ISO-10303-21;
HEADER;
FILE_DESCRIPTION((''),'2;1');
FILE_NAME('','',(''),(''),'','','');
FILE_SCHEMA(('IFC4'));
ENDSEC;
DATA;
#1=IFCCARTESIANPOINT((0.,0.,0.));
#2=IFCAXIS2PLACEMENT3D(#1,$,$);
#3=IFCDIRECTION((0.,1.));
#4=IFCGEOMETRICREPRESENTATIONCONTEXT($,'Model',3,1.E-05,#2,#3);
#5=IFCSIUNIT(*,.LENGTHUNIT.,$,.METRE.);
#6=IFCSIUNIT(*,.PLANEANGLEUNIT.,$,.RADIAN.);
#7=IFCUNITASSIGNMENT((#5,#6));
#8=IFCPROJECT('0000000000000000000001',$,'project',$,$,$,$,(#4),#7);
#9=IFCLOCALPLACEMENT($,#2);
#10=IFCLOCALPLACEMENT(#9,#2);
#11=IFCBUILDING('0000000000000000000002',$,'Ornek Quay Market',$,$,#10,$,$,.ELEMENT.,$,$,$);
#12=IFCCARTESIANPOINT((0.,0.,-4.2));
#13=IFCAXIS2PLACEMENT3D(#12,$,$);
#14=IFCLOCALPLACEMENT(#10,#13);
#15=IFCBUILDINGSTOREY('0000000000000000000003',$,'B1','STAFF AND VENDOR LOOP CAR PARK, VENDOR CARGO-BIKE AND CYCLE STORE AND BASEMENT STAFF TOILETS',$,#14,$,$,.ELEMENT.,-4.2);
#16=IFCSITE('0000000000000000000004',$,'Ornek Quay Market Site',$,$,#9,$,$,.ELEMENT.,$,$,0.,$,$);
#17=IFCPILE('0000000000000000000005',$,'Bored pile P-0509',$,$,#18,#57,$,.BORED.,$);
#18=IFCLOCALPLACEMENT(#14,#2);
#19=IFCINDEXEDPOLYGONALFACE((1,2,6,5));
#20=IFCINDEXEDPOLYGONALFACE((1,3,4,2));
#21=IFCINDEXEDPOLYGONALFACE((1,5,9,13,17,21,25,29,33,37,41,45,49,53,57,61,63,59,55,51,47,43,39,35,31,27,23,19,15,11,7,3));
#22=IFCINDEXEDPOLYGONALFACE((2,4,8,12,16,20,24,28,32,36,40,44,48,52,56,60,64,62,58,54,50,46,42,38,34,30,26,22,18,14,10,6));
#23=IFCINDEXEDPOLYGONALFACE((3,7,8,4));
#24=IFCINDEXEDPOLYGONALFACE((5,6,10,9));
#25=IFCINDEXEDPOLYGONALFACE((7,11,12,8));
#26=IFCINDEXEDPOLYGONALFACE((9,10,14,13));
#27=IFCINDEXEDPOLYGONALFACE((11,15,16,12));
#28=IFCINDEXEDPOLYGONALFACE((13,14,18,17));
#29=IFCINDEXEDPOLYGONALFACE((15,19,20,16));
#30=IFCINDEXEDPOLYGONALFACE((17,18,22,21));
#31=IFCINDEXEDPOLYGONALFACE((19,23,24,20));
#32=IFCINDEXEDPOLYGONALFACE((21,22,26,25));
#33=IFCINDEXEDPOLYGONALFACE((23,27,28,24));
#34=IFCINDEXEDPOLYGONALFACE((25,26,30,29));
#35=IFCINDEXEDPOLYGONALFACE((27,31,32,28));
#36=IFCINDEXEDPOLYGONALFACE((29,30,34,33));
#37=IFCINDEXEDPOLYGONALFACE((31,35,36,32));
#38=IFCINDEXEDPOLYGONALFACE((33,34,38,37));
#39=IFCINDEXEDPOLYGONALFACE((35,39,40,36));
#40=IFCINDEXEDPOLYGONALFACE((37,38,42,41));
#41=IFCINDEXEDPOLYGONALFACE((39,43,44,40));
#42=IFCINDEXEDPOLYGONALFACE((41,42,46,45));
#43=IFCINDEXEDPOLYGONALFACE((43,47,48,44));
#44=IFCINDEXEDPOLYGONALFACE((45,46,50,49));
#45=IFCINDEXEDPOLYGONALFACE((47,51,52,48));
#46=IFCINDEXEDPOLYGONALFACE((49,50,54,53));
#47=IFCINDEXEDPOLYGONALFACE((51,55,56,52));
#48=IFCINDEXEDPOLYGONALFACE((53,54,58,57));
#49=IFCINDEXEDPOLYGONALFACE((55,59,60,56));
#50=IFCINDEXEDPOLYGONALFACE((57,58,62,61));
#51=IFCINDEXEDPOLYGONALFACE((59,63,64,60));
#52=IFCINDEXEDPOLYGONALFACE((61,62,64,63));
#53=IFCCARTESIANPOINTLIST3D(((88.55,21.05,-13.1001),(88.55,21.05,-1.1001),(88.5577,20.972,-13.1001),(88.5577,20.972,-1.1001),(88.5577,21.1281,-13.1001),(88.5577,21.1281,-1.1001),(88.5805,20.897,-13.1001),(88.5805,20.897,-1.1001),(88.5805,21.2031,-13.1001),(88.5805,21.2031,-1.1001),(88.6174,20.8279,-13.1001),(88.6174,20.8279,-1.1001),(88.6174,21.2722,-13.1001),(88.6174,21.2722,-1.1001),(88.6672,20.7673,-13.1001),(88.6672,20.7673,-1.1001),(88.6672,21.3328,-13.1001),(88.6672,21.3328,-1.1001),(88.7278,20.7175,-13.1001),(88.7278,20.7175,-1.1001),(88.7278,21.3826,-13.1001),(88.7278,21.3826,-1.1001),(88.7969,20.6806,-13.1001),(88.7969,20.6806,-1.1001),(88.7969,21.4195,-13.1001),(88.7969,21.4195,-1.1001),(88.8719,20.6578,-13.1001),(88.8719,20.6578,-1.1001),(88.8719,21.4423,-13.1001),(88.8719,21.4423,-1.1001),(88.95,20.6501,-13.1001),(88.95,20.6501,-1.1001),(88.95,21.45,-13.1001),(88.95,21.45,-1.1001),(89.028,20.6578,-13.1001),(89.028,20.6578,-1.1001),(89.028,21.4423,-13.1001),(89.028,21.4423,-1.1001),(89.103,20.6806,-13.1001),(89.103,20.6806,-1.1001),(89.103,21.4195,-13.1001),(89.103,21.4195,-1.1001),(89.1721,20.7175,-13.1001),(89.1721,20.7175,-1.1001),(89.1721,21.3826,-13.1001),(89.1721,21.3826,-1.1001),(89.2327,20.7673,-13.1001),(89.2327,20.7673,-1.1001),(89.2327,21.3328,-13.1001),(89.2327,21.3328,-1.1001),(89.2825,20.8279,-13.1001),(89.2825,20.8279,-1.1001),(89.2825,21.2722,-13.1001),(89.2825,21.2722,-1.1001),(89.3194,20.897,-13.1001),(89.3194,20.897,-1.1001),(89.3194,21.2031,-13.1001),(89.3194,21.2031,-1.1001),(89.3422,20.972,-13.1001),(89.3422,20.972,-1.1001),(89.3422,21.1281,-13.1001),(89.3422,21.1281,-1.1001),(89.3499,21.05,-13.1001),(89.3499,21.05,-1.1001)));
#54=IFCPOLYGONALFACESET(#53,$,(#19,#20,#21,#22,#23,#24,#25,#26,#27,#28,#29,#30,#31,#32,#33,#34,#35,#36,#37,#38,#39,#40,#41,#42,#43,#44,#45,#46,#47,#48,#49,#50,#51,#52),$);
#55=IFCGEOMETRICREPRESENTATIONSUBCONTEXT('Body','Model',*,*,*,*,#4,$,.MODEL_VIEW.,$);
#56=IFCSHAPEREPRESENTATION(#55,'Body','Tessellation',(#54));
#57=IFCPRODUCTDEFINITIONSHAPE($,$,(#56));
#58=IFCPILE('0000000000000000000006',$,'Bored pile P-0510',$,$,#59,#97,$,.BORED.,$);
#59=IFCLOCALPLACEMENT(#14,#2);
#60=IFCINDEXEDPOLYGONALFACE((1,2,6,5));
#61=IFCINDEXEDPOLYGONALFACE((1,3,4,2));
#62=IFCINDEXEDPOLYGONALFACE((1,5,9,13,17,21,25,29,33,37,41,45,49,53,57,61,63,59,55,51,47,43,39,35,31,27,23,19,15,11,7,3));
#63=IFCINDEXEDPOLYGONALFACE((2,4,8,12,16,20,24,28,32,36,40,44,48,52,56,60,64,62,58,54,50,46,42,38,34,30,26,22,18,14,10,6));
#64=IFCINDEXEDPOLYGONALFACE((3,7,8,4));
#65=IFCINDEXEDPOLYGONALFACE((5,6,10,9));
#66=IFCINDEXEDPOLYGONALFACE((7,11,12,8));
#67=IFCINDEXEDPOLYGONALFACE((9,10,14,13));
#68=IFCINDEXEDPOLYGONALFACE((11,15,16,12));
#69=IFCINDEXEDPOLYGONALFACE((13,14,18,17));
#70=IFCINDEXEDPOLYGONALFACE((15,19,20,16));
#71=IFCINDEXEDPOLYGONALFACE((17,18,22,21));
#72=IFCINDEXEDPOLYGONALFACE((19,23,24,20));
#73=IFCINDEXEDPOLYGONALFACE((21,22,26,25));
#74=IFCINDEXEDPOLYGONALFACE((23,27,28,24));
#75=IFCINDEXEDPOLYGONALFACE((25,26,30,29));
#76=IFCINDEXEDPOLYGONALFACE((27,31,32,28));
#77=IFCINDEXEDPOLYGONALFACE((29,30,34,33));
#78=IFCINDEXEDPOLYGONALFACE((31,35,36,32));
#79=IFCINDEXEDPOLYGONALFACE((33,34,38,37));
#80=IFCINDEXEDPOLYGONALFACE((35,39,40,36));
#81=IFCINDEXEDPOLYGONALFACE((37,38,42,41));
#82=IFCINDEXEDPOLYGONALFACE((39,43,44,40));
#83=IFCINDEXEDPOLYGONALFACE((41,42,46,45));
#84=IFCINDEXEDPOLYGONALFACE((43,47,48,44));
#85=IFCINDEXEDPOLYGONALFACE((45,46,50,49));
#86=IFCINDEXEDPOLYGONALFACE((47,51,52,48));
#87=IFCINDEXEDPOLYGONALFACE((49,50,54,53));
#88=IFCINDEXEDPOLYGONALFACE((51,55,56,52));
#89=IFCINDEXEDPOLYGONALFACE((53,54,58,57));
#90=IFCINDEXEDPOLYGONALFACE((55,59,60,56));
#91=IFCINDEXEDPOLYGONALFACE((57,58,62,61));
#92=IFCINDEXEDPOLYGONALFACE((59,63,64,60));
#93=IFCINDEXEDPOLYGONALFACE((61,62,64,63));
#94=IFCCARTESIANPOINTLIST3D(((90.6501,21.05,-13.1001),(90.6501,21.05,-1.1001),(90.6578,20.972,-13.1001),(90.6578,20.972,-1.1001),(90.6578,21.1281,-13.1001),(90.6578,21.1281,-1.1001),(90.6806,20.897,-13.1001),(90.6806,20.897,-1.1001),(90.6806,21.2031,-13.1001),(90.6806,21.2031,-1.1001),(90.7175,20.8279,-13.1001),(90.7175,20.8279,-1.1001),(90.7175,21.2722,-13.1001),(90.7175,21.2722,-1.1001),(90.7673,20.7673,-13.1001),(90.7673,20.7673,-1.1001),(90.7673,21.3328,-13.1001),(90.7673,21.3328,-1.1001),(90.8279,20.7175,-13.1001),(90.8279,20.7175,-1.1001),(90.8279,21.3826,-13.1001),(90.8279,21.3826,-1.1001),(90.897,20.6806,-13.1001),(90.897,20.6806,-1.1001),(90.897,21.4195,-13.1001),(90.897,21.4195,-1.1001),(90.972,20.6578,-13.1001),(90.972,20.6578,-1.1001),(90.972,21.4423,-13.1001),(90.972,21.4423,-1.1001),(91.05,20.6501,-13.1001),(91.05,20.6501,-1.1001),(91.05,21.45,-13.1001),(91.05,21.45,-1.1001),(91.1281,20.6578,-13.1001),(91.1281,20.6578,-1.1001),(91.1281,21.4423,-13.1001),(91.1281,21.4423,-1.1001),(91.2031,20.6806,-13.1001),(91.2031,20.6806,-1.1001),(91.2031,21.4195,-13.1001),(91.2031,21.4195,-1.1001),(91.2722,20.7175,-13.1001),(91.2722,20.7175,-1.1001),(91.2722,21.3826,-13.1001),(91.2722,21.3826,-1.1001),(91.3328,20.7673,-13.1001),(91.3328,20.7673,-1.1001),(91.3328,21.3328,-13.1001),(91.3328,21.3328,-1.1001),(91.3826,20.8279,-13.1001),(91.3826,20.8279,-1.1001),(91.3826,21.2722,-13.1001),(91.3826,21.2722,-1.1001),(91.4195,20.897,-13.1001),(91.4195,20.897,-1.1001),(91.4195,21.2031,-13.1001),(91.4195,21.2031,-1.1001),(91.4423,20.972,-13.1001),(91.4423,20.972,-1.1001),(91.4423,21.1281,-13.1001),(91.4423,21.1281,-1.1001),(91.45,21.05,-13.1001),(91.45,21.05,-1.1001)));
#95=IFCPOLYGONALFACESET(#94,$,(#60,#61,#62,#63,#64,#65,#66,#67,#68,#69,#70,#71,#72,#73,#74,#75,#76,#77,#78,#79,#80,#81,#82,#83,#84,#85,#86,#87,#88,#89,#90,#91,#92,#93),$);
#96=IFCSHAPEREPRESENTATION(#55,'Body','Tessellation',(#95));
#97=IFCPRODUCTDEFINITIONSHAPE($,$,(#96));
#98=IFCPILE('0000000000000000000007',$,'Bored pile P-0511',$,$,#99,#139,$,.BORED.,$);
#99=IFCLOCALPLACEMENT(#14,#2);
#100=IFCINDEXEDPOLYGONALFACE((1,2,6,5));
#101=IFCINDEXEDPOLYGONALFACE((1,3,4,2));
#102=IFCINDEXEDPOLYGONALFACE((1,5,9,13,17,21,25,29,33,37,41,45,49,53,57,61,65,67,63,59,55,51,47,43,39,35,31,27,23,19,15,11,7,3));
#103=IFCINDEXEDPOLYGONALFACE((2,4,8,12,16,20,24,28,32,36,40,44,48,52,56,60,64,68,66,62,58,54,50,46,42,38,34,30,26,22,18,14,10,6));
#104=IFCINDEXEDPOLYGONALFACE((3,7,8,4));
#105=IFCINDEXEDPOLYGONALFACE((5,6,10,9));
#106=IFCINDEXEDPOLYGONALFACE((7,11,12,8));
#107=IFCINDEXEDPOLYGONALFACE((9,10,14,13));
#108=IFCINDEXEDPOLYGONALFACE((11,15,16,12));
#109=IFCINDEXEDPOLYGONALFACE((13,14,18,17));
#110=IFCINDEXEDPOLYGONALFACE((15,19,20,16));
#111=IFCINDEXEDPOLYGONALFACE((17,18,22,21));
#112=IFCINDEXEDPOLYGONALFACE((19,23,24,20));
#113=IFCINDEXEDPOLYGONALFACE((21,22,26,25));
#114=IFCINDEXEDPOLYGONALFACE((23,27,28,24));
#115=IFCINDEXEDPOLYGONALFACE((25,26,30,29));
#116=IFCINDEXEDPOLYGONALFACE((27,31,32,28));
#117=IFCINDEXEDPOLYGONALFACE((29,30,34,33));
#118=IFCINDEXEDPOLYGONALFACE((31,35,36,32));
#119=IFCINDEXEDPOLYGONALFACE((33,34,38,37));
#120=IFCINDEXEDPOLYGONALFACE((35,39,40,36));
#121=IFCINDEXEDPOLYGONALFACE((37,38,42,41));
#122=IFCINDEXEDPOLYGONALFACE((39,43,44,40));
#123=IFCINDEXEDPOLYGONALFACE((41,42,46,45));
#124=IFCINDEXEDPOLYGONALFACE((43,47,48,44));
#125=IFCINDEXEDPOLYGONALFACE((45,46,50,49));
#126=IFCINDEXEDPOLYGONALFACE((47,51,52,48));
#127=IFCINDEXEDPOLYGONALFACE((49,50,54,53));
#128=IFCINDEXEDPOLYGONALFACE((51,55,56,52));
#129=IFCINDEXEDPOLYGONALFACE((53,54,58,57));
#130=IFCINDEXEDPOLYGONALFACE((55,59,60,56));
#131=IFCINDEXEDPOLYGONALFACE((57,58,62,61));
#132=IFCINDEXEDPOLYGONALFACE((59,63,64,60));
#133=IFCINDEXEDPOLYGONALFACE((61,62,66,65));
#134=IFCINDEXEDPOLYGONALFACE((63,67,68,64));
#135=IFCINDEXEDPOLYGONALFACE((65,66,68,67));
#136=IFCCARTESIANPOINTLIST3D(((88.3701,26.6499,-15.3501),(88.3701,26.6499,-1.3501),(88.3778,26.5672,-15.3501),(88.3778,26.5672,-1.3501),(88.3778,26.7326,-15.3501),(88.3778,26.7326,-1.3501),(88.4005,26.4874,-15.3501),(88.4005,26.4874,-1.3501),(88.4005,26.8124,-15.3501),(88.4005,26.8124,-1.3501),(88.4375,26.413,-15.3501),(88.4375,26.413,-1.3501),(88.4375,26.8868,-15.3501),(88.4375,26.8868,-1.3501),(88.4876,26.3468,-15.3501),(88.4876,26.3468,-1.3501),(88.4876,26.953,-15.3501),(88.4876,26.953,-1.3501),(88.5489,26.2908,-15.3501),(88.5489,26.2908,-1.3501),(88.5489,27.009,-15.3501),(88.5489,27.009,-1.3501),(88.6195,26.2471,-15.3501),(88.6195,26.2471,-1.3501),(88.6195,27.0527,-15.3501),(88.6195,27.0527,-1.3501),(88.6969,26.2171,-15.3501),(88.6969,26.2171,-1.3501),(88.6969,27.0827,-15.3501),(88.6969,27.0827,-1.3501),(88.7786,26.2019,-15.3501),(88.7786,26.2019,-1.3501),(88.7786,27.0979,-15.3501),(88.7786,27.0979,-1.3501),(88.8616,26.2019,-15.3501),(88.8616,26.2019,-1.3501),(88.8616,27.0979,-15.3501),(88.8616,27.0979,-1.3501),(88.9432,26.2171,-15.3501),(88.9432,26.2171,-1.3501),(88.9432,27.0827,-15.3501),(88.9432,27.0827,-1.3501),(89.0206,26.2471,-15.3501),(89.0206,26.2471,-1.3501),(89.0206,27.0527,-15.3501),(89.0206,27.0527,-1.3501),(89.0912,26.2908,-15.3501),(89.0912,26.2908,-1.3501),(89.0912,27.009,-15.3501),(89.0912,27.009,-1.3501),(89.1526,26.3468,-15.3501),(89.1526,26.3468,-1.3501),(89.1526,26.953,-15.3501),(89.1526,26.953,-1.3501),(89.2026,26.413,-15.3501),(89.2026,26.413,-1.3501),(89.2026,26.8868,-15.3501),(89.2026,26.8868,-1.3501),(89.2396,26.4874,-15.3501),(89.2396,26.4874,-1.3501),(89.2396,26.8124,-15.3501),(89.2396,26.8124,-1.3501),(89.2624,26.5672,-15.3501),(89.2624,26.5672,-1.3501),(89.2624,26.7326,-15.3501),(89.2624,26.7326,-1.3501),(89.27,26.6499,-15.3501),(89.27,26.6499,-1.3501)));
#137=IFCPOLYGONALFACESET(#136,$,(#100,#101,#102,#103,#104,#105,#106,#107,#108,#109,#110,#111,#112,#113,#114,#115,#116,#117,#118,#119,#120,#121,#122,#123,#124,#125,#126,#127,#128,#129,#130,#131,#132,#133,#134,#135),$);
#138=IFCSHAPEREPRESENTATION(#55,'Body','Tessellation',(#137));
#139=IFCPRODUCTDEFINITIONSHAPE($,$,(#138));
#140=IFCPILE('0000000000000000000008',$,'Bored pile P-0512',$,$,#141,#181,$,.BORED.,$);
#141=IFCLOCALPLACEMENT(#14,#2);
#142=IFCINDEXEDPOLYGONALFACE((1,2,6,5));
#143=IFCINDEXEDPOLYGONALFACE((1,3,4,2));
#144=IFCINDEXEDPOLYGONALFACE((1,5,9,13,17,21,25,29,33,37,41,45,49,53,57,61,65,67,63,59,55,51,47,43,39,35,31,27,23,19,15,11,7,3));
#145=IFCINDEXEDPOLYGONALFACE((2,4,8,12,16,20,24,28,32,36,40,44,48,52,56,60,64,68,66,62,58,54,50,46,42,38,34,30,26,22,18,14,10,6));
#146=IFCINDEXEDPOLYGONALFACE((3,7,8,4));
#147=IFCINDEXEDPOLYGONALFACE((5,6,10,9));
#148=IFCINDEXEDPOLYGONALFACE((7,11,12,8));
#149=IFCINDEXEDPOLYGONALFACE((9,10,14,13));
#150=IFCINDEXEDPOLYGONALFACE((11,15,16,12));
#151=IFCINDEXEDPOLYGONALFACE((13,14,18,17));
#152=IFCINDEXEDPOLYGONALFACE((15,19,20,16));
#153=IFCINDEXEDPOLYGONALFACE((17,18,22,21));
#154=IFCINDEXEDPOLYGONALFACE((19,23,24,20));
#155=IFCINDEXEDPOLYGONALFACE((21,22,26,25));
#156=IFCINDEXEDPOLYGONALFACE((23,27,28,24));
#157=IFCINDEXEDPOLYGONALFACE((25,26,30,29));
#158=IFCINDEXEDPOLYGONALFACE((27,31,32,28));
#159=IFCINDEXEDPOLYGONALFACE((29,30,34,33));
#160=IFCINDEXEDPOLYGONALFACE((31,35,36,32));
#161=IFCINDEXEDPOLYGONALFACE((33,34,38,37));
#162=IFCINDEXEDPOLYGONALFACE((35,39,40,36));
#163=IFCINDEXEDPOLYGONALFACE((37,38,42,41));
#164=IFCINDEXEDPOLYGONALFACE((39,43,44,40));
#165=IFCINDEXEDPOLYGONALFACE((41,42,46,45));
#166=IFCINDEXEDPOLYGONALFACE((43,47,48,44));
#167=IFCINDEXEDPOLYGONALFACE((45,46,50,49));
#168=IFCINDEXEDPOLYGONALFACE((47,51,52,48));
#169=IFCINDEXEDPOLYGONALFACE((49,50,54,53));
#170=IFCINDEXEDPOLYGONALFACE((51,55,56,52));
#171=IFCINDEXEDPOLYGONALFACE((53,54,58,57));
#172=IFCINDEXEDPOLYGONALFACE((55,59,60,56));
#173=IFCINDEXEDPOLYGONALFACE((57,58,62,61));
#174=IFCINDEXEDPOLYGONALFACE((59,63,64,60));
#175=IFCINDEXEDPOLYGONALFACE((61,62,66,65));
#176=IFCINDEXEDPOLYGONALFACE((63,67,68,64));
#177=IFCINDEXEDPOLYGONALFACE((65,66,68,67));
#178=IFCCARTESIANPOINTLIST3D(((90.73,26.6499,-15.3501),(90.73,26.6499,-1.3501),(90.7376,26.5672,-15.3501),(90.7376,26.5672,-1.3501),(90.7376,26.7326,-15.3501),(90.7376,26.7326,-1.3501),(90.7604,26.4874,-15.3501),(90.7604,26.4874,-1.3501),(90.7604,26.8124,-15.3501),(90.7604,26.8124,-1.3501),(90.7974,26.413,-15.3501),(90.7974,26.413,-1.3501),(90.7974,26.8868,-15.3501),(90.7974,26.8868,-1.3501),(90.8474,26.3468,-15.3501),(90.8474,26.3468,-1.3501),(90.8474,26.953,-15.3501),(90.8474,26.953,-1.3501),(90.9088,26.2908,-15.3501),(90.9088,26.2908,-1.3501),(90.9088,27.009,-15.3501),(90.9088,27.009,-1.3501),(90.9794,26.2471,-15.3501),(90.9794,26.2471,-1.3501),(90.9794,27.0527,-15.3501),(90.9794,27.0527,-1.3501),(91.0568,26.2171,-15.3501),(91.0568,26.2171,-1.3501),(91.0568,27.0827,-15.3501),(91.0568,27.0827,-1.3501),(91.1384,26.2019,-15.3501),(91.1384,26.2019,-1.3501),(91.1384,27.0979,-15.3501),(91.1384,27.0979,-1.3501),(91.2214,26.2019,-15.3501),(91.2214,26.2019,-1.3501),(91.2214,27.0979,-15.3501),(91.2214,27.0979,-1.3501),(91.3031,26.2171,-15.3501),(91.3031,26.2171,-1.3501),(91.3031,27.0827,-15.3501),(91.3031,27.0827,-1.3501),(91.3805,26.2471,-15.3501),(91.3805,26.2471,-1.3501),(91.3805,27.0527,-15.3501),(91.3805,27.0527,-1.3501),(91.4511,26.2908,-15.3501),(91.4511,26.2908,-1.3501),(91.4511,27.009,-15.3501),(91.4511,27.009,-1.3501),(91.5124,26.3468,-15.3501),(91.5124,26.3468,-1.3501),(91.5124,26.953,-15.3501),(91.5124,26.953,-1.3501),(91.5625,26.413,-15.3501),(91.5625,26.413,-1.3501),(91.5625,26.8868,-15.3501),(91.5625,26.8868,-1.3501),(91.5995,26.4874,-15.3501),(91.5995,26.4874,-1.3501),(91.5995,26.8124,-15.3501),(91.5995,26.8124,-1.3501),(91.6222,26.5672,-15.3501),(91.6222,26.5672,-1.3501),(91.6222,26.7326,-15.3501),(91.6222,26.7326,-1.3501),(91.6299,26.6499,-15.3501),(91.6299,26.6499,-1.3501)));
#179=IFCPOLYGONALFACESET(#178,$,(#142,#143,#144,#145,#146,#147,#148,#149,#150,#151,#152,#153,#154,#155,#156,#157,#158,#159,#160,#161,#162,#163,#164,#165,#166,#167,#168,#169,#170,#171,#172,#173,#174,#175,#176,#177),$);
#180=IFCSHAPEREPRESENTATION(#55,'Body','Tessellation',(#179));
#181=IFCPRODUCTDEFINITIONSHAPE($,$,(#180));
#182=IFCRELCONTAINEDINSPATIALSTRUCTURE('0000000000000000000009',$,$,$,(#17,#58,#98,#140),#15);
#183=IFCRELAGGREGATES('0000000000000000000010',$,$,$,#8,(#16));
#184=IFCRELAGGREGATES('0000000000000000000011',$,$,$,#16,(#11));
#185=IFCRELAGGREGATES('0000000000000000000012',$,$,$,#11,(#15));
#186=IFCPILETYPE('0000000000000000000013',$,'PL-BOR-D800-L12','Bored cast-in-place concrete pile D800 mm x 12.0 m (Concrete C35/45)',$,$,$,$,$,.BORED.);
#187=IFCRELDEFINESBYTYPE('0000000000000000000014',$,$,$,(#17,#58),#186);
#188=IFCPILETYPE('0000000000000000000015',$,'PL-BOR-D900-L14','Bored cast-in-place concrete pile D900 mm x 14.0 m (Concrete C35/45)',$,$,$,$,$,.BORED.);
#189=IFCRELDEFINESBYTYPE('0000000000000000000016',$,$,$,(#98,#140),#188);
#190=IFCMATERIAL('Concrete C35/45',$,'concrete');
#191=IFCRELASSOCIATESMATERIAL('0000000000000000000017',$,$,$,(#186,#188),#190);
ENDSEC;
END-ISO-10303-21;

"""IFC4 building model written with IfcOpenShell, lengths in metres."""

from ifc_helpers import new_model, si_unit, direction, frame, origin, origin_2d, place, context, subcontext, project, spatial, circle, extrude, material, material_profile, profile_set, type_object, element, save


model = new_model("IFC4")

# Units and contexts
model_context = context("Model", 3, precision=1e-05, world=origin(), true_north=direction((0.0, 1.0)))
body_context = subcontext(model_context, "Body", "Model", "MODEL_VIEW")
ifc_project = project(units=[si_unit("LENGTHUNIT", "METRE"), si_unit("PLANEANGLEUNIT", "RADIAN")], contexts=[model_context])

# Site, building, storey
site_placement = place(None, origin())
site = spatial("IfcSite", under=ifc_project, at=site_placement, Name="Ornek Quay Market Site", CompositionType="ELEMENT", RefElevation=0.0)
building_placement = place(site_placement, origin())
building = spatial("IfcBuilding", under=site, at=building_placement, Name="Ornek Quay Market", CompositionType="ELEMENT")
storey_placement = place(building_placement, frame((0.0, 0.0, -4.2)))
storey = spatial("IfcBuildingStorey", under=building, at=storey_placement, Name="B1", Description="STAFF AND VENDOR LOOP CAR PARK, VENDOR CARGO-BIKE AND CYCLE STORE AND BASEMENT STAFF TOILETS", CompositionType="ELEMENT", Elevation=-4.2)

# Piles
ifc_material_1 = material(Name="Concrete C35/45", Category="concrete")
ifc_material_profile_1 = material_profile(ifc_material_1, circle(Radius=0.3999, at=origin_2d()), Name="PILE D800", Category="concrete")
ifc_profile_set_1 = profile_set([ifc_material_profile_1], Name="Concrete C35/45")
pile_type_1 = type_object("IfcPileType", Name="PL-BOR-D800-L12", Description="Bored cast-in-place concrete pile D800 mm x 12.0 m (Concrete C35/45)", PredefinedType="BORED", material=ifc_profile_set_1)
for number, where, z_axis, x_axis, name in (
    (1, (88.95, 21.05, -1.1001), (0.0, 0.0, -1.0), (1.0, 0.0, 0.0), "Bored pile P-0509"),
    (2, (91.05, 21.05, -1.1001), (0.0, 0.0, -1.0), (1.0, 0.0, 0.0), "Bored pile P-0510"),
):
    element("IfcPile", number, at=place(storey_placement, frame(where, z_axis=z_axis, x_axis=x_axis)), inside=storey, type_object=pile_type_1, Name=name, PredefinedType="BORED", context=body_context, shape_type="SweptSolid", body=[
        extrude(circle(Radius=0.3999, at=origin_2d()), origin(), (0.0, 0.0, 1.0), 12.0),
    ])
ifc_material_profile_2 = material_profile(ifc_material_1, circle(Radius=0.45, at=origin_2d()), Name="PILE D900", Category="concrete")
ifc_profile_set_2 = profile_set([ifc_material_profile_2], Name="Concrete C35/45")
pile_type_2 = type_object("IfcPileType", Name="PL-BOR-D900-L14", Description="Bored cast-in-place concrete pile D900 mm x 14.0 m (Concrete C35/45)", PredefinedType="BORED", material=ifc_profile_set_2)
for number, where, z_axis, x_axis, name in (
    (3, (88.8201, 26.6499, -1.3501), (0.0, 0.0, -1.0), (1.0, 0.0, 0.0), "Bored pile P-0511"),
    (4, (91.1799, 26.6499, -1.3501), (0.0, 0.0, -1.0), (1.0, 0.0, 0.0), "Bored pile P-0512"),
):
    element("IfcPile", number, at=place(storey_placement, frame(where, z_axis=z_axis, x_axis=x_axis)), inside=storey, type_object=pile_type_2, Name=name, PredefinedType="BORED", context=body_context, shape_type="SweptSolid", body=[
        extrude(circle(Radius=0.45, at=origin_2d()), origin(), (0.0, 0.0, 1.0), 14.0),
    ])

save(model, "model.ifc")
